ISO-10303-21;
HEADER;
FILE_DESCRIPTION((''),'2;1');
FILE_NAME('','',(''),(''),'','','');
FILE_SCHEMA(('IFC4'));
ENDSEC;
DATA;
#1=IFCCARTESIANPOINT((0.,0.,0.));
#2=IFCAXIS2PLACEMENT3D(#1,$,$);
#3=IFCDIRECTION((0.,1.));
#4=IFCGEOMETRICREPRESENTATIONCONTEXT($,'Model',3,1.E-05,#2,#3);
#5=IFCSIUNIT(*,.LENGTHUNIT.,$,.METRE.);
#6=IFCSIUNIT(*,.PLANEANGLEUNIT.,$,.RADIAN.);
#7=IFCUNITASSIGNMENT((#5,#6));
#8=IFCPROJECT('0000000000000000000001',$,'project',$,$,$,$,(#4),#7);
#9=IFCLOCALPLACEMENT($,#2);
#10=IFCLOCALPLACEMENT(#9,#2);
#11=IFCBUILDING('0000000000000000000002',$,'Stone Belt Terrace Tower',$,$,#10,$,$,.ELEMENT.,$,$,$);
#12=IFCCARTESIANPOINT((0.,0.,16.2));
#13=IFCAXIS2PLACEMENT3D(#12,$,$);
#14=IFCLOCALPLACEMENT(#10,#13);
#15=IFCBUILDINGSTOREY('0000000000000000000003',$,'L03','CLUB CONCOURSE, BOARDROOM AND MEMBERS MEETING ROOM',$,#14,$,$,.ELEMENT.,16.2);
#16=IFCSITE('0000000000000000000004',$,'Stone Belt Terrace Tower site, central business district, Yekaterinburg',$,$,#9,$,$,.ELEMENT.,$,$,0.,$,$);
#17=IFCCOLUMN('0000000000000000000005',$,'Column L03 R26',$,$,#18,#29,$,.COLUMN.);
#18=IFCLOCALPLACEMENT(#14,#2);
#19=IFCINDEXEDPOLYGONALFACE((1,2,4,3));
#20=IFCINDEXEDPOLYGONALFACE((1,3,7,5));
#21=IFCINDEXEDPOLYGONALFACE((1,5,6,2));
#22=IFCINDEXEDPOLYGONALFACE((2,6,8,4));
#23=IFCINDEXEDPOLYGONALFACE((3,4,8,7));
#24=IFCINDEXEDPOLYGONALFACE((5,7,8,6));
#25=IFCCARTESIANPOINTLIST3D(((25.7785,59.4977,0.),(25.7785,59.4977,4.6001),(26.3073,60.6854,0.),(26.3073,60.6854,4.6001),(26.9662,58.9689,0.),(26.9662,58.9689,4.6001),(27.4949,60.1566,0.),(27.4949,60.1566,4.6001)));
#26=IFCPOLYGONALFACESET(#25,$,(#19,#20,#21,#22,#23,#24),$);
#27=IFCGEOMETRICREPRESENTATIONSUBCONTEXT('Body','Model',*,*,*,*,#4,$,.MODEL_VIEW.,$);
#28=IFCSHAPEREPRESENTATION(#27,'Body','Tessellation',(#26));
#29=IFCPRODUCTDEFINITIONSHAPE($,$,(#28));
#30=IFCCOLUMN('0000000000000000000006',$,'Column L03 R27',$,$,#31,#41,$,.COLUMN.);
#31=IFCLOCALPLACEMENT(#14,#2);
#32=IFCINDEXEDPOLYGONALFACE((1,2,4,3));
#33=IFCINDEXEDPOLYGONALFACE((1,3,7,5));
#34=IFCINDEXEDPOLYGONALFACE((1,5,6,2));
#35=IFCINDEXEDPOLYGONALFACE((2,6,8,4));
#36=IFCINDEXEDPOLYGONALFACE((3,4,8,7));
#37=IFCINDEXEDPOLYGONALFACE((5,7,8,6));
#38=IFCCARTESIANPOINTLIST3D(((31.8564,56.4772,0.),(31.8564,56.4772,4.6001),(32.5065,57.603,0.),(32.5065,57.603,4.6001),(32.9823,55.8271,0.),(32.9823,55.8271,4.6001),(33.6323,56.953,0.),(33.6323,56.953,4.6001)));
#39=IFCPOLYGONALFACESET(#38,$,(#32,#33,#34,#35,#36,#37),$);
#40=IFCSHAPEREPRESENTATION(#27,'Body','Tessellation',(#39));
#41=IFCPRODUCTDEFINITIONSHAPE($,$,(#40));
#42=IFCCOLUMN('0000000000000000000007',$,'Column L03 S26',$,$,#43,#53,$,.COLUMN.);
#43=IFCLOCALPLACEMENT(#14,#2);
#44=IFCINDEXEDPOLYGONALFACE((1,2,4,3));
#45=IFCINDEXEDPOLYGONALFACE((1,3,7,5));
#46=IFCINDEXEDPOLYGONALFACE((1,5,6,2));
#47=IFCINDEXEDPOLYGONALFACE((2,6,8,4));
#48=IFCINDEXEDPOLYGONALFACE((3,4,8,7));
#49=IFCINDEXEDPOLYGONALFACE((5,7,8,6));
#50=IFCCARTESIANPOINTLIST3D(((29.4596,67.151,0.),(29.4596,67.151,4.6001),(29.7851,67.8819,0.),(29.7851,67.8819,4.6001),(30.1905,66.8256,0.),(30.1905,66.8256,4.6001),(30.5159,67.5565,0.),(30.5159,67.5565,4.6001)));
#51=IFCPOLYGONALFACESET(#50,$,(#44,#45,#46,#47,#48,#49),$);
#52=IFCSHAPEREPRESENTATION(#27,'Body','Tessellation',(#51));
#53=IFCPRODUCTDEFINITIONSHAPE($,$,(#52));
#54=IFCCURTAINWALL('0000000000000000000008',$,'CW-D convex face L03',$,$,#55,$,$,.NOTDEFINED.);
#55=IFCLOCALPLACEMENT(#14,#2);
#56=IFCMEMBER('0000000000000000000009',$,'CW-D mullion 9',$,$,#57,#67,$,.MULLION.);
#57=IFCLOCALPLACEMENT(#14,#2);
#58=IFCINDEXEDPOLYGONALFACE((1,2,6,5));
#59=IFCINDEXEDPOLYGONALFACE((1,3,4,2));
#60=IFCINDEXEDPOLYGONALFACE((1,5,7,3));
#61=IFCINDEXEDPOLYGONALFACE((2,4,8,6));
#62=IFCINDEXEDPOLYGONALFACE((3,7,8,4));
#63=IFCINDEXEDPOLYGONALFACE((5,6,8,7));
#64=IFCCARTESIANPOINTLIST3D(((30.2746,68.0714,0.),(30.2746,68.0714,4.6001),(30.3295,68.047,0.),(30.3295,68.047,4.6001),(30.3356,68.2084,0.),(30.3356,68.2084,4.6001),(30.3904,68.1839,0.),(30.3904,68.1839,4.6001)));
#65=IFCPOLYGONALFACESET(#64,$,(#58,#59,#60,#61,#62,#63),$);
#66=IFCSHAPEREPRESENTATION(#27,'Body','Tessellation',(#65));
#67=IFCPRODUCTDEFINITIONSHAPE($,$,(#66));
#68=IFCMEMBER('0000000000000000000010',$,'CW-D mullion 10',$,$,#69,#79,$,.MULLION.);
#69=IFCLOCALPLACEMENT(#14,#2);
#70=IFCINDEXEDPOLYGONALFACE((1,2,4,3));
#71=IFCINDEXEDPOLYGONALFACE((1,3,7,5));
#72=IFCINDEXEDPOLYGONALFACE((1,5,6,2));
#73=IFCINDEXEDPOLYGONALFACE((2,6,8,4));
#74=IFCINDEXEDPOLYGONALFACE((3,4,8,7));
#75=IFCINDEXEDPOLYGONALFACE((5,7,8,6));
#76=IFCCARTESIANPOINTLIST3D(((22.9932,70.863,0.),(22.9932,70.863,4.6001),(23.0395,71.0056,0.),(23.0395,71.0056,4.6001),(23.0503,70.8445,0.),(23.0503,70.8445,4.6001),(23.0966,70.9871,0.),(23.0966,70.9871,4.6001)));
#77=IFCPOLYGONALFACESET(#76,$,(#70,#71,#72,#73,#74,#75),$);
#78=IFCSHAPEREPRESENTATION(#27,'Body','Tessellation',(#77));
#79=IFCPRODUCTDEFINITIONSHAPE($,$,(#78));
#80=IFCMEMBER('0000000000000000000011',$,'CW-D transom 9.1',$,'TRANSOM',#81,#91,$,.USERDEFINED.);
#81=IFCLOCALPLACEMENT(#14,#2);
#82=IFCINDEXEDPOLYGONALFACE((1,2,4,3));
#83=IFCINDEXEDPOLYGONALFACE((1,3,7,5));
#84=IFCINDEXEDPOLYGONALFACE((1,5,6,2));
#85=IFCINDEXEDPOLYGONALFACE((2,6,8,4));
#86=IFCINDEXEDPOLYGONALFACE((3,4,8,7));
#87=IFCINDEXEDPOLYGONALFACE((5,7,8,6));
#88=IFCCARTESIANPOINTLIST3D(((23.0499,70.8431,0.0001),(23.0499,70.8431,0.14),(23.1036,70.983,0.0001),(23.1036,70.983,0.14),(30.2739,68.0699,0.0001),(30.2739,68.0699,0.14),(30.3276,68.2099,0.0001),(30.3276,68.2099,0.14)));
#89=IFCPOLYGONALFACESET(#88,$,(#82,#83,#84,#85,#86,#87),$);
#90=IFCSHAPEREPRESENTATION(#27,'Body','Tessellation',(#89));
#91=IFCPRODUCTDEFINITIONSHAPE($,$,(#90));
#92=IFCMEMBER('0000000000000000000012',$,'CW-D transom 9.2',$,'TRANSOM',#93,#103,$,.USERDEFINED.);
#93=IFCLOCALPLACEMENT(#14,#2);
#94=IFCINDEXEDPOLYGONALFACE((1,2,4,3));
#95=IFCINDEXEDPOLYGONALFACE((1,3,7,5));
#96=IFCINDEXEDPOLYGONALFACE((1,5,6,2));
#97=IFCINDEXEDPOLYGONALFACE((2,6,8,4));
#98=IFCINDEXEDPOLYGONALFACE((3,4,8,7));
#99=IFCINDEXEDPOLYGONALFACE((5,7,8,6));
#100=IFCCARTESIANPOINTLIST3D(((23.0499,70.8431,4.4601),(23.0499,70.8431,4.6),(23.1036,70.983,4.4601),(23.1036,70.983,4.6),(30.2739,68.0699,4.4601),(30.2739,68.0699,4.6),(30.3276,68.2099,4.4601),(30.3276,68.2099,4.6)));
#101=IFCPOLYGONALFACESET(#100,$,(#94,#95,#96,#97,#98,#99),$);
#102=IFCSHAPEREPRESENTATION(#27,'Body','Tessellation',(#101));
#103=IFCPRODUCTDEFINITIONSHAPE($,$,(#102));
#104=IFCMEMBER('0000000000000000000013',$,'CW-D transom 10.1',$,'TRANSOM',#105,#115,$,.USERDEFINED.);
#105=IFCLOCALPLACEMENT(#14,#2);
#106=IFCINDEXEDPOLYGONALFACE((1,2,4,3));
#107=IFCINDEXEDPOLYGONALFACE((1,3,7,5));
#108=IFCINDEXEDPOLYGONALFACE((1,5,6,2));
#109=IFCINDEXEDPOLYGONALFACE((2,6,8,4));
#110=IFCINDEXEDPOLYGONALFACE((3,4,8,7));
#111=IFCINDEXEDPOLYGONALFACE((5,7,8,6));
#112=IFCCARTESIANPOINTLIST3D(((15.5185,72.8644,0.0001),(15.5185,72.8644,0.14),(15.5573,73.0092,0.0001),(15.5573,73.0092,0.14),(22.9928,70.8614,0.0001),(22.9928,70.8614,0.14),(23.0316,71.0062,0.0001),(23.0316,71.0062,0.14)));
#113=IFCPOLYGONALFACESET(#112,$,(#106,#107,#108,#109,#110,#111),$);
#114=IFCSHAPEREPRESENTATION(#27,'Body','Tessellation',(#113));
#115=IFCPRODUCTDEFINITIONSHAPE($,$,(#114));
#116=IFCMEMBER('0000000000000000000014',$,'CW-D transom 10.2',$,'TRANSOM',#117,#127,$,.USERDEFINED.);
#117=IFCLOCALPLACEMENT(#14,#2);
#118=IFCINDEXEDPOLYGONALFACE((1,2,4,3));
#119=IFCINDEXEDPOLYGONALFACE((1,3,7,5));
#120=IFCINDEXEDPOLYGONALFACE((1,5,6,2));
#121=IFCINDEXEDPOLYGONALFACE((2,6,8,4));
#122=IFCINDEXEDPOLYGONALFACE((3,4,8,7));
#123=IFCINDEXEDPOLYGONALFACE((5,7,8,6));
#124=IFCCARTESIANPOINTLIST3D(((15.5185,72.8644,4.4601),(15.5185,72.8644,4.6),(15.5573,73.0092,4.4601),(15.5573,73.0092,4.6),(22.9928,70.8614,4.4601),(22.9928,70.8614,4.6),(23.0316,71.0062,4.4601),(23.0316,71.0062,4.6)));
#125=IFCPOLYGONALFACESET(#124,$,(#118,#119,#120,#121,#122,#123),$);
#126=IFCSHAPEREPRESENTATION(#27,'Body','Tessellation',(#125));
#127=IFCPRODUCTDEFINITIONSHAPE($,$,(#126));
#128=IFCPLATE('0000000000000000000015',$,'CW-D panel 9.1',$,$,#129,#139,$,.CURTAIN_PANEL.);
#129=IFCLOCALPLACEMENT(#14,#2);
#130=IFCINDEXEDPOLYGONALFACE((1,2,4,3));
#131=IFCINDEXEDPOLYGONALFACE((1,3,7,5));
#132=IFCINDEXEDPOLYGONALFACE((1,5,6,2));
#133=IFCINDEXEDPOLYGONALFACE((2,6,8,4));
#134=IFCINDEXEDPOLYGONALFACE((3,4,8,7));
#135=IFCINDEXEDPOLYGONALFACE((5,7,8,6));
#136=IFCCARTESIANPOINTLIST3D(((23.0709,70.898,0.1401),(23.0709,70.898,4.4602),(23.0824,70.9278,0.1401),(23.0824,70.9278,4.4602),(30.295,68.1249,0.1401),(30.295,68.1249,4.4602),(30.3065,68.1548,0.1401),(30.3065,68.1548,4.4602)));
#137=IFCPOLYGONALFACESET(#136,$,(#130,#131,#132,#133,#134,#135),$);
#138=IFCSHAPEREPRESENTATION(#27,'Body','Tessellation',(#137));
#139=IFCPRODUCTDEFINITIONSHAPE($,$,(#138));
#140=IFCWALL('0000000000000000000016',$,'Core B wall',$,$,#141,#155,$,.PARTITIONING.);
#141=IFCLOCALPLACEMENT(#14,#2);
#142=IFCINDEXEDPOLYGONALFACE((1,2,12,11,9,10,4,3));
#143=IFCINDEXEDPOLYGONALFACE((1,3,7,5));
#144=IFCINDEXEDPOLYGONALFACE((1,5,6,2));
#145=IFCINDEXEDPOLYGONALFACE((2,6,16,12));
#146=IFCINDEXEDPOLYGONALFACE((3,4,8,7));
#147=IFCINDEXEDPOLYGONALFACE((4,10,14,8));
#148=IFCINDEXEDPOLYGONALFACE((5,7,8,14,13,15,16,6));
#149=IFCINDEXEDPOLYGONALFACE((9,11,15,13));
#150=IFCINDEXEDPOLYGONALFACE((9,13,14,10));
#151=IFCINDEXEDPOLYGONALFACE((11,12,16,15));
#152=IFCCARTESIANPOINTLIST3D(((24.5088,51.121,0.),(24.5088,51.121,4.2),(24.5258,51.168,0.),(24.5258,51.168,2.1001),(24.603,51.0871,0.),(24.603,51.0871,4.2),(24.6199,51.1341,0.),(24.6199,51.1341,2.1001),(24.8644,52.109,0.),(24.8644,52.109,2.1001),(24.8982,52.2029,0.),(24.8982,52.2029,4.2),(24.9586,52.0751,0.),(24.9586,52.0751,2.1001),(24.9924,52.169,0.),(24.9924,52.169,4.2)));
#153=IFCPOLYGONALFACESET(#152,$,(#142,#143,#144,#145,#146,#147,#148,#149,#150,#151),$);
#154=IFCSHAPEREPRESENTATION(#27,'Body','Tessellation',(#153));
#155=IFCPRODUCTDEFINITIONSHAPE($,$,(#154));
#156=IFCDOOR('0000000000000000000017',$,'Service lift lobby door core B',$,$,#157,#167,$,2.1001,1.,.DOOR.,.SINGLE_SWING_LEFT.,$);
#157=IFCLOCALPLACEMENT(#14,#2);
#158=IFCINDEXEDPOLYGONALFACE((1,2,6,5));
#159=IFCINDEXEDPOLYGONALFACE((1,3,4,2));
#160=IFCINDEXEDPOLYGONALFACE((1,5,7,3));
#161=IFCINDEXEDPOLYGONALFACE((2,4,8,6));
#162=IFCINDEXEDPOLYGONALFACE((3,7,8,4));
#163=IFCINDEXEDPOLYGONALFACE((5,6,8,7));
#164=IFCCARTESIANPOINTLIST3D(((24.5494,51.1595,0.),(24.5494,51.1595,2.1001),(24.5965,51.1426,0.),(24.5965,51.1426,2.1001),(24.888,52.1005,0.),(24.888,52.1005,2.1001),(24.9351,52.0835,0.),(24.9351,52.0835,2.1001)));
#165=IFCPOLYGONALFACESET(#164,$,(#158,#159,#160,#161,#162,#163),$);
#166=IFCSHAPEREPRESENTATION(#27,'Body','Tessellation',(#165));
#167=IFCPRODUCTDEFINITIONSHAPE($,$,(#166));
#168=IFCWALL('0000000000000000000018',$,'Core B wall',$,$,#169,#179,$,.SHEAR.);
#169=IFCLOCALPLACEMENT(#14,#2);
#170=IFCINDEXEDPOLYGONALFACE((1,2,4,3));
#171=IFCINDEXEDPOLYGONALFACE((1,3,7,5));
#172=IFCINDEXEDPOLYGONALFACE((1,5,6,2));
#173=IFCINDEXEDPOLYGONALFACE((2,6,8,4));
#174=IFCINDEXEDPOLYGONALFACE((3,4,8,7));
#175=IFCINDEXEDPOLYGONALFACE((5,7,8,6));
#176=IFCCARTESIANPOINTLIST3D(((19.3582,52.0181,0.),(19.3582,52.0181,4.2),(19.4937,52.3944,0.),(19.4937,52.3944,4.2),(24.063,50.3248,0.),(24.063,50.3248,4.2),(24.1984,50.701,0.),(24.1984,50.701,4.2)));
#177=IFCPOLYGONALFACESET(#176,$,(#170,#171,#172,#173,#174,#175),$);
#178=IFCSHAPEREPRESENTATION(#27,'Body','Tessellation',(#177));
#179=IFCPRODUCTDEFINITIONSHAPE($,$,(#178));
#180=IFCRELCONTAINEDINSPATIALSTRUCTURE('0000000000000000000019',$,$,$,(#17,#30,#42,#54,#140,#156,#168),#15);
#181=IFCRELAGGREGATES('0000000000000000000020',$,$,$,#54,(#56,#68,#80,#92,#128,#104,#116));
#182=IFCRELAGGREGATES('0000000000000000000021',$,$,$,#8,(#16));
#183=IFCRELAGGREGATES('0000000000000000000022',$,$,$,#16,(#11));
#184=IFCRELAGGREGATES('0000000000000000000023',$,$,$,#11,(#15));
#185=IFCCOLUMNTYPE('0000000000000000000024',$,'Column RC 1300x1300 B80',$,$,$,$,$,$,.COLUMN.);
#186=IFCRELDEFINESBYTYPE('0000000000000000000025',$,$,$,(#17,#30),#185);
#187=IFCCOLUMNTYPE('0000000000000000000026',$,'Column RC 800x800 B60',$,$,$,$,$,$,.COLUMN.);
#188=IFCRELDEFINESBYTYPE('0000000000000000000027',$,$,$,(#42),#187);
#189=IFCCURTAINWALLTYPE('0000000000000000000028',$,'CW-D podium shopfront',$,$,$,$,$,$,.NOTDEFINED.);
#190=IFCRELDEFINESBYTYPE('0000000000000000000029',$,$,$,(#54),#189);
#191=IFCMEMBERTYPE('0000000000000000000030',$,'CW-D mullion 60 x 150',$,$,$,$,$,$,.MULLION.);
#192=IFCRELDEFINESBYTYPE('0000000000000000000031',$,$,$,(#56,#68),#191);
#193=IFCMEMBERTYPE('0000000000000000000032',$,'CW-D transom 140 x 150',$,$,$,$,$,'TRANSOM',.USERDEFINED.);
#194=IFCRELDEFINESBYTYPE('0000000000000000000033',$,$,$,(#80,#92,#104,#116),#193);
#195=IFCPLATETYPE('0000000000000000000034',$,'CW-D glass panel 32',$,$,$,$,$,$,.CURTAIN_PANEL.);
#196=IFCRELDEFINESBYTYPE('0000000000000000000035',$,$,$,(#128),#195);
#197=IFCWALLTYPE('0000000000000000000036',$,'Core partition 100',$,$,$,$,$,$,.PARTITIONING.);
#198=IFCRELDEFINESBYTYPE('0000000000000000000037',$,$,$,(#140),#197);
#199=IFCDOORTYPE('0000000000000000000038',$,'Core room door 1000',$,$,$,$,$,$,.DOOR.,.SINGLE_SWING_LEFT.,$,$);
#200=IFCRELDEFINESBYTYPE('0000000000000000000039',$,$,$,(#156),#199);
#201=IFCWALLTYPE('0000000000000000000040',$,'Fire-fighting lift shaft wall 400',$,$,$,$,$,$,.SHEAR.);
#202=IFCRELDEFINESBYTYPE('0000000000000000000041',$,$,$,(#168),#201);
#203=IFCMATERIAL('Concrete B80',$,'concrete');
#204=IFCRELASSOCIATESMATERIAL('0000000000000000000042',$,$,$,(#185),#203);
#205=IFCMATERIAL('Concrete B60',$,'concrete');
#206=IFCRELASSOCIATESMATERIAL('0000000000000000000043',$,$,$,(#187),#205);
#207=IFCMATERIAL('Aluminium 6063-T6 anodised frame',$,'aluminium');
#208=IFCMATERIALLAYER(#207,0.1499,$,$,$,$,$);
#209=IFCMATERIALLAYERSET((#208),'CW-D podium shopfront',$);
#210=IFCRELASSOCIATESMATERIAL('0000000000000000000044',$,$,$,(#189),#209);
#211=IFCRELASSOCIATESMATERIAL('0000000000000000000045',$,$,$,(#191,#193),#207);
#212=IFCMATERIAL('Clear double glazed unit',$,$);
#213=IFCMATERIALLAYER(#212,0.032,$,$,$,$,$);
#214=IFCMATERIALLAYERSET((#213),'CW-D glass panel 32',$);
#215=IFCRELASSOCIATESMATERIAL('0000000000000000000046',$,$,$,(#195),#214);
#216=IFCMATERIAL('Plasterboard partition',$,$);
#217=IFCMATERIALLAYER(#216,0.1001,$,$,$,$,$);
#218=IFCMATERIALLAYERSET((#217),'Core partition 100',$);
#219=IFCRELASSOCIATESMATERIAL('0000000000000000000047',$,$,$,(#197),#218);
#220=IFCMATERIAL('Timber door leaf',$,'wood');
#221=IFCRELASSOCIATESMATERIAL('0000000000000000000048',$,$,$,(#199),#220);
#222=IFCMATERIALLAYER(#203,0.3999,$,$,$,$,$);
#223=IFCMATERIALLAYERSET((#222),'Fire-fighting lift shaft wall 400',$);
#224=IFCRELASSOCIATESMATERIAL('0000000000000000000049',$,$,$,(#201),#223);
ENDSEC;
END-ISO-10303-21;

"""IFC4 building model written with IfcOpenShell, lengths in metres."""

from ifc_helpers import new_model, si_unit, direction, frame, frame_2d, origin, origin_2d, place, context, subcontext, project, spatial, rectangle, extrude, material, layer, layer_set, material_profile, profile_set, type_object, element, fill, aggregate, save


model = new_model("IFC4")

# Units and contexts
model_context = context("Model", 3, precision=1e-05, world=origin(), true_north=direction((0.0, 1.0)))
body_context = subcontext(model_context, "Body", "Model", "MODEL_VIEW")
ifc_project = project(units=[si_unit("LENGTHUNIT", "METRE"), si_unit("PLANEANGLEUNIT", "RADIAN")], contexts=[model_context])

# Site, building, storey
site_placement = place(None, origin())
site = spatial("IfcSite", under=ifc_project, at=site_placement, Name="Stone Belt Terrace Tower site, central business district, Yekaterinburg", CompositionType="ELEMENT", RefElevation=0.0)
building_placement = place(site_placement, origin())
building = spatial("IfcBuilding", under=site, at=building_placement, Name="Stone Belt Terrace Tower", CompositionType="ELEMENT")
storey_placement = place(building_placement, frame((0.0, 0.0, 16.2)))
storey = spatial("IfcBuildingStorey", under=building, at=storey_placement, Name="L03", Description="CLUB CONCOURSE, BOARDROOM AND MEMBERS MEETING ROOM", CompositionType="ELEMENT", Elevation=16.2)

# Columns
ifc_material_1 = material(Name="Concrete B80", Category="concrete")
ifc_material_profile_1 = material_profile(ifc_material_1, rectangle(XDim=1.3, YDim=1.3, at=origin_2d()), Name="RC 1300x1300")
ifc_profile_set_1 = profile_set([ifc_material_profile_1], Name="Concrete B80")
column_type_1 = type_object("IfcColumnType", Name="Column RC 1300x1300 B80", PredefinedType="COLUMN", material=ifc_profile_set_1)
for number, where, z_axis, x_axis, name in (
    (1, (26.6367, 59.8271, 0.0), (0.0, 0.0, 1.0), (0.913545, -0.406737, 0.0), "Column L03 R26"),
    (2, (32.7444, 56.7151, 0.0), (0.0, 0.0, 1.0), (0.866025, -0.5, 0.0), "Column L03 R27"),
):
    element("IfcColumn", number, at=place(storey_placement, frame(where, z_axis=z_axis, x_axis=x_axis)), inside=storey, type_object=column_type_1, Name=name, PredefinedType="COLUMN", context=body_context, shape_type="SweptSolid", body=[
        extrude(rectangle(XDim=1.3, YDim=1.3, at=origin_2d()), origin(), (0.0, 0.0, 1.0), 4.6001),
    ])
ifc_material_2 = material(Name="Concrete B60", Category="concrete")
ifc_material_profile_2 = material_profile(ifc_material_2, rectangle(XDim=0.8, YDim=0.8, at=origin_2d()), Name="RC 800x800")
ifc_profile_set_2 = profile_set([ifc_material_profile_2], Name="Concrete B60")
column_type_2 = type_object("IfcColumnType", Name="Column RC 800x800 B60", PredefinedType="COLUMN", material=ifc_profile_set_2)
column_placement = place(storey_placement, frame((29.9878, 67.3538, 0.0), z_axis=(0.0, 0.0, 1.0), x_axis=(0.913545, -0.406737, 0.0)))
element("IfcColumn", 3, at=column_placement, inside=storey, type_object=column_type_2, Name="Column L03 S26", PredefinedType="COLUMN", context=body_context, shape_type="SweptSolid", body=[
    extrude(rectangle(XDim=0.8, YDim=0.8, at=origin_2d()), origin(), (0.0, 0.0, 1.0), 4.6001),
])

# Curtain wall, members, plate
ifc_material_3 = material(Name="Aluminium 6063-T6 anodised frame", Category="aluminium")
ifc_layer_1 = layer(ifc_material_3, 0.1499)
ifc_layer_set_1 = layer_set([ifc_layer_1], Name="CW-D podium shopfront")
curtain_wall_type = type_object("IfcCurtainWallType", Name="CW-D podium shopfront", PredefinedType="NOTDEFINED", material=ifc_layer_set_1)
curtain_wall_placement = place(storey_placement, origin())
curtain_wall = element("IfcCurtainWall", 4, at=curtain_wall_placement, inside=storey, type_object=curtain_wall_type, Name="CW-D convex face L03", PredefinedType="NOTDEFINED")
ifc_material_profile_3 = material_profile(ifc_material_3, rectangle(XDim=0.1499, YDim=0.0601, at=origin_2d()), Name="Aluminium 6063-T6 60x150")
ifc_profile_set_3 = profile_set([ifc_material_profile_3], Name="Aluminium 6063-T6 anodised frame")
member_type_1 = type_object("IfcMemberType", Name="CW-D mullion 60 x 150", PredefinedType="MULLION", material=ifc_profile_set_3)
member_1_placement = place(storey_placement, frame((30.3325, 68.1277, 0.0), z_axis=(0.0, 0.0, 1.0), x_axis=(-0.406737, -0.913545, 0.0)))
member_1 = element("IfcMember", 5, at=member_1_placement, type_object=member_type_1, Name="CW-D mullion 9", PredefinedType="MULLION", context=body_context, shape_type="SweptSolid", body=[
    extrude(rectangle(XDim=0.1499, YDim=0.0601, at=origin_2d()), origin(), (0.0, 0.0, 1.0), 4.6001),
])
member_2_placement = place(storey_placement, frame((23.0449, 70.925, 0.0), z_axis=(0.0, 0.0, 1.0), x_axis=(-0.309017, -0.951057, 0.0)))
member_2 = element("IfcMember", 6, at=member_2_placement, type_object=member_type_1, Name="CW-D mullion 10", PredefinedType="MULLION", context=body_context, shape_type="SweptSolid", body=[
    extrude(rectangle(XDim=0.1499, YDim=0.0601, at=origin_2d()), origin(), (0.0, 0.0, 1.0), 4.6001),
])
ifc_material_profile_4 = material_profile(ifc_material_3, rectangle(XDim=0.1499, YDim=0.1399, at=origin_2d()), Name="Aluminium 6063-T6 150x140")
ifc_profile_set_4 = profile_set([ifc_material_profile_4], Name="Aluminium 6063-T6 anodised frame")
member_type_2 = type_object("IfcMemberType", Name="CW-D transom 140 x 150", ElementType="TRANSOM", PredefinedType="USERDEFINED", material=ifc_profile_set_4)
member_3_placement = place(storey_placement, frame((30.3008, 68.1399, 0.0701), z_axis=(-0.933576, 0.358381, 0.0), x_axis=(-0.358381, -0.933576, 0.0)))
member_3 = element("IfcMember", 7, at=member_3_placement, type_object=member_type_2, Name="CW-D transom 9.1", ObjectType="TRANSOM", PredefinedType="USERDEFINED", context=body_context, shape_type="SweptSolid", body=[
    extrude(rectangle(XDim=0.1499, YDim=0.1399, at=origin_2d()), origin(), (0.0, 0.0, 1.0), 7.738),
])
member_4_placement = place(storey_placement, frame((30.3008, 68.1399, 4.53), z_axis=(-0.933576, 0.358381, 0.0), x_axis=(-0.358381, -0.933576, 0.0)))
member_4 = element("IfcMember", 8, at=member_4_placement, type_object=member_type_2, Name="CW-D transom 9.2", ObjectType="TRANSOM", PredefinedType="USERDEFINED", context=body_context, shape_type="SweptSolid", body=[
    extrude(rectangle(XDim=0.1499, YDim=0.1399, at=origin_2d()), origin(), (0.0, 0.0, 1.0), 7.738),
])
member_5_placement = place(storey_placement, frame((23.0122, 70.9338, 0.0701), z_axis=(-0.96592, 0.258841, 0.0), x_axis=(-0.258841, -0.96592, 0.0)))
member_5 = element("IfcMember", 9, at=member_5_placement, type_object=member_type_2, Name="CW-D transom 10.1", ObjectType="TRANSOM", PredefinedType="USERDEFINED", context=body_context, shape_type="SweptSolid", body=[
    extrude(rectangle(XDim=0.1499, YDim=0.1399, at=origin_2d()), origin(), (0.0, 0.0, 1.0), 7.738),
])
member_6_placement = place(storey_placement, frame((23.0122, 70.9338, 4.53), z_axis=(-0.96592, 0.258841, 0.0), x_axis=(-0.258841, -0.96592, 0.0)))
member_6 = element("IfcMember", 10, at=member_6_placement, type_object=member_type_2, Name="CW-D transom 10.2", ObjectType="TRANSOM", PredefinedType="USERDEFINED", context=body_context, shape_type="SweptSolid", body=[
    extrude(rectangle(XDim=0.1499, YDim=0.1399, at=origin_2d()), origin(), (0.0, 0.0, 1.0), 7.738),
])
ifc_material_4 = material(Name="Clear double glazed unit")
ifc_layer_2 = layer(ifc_material_4, 0.032)
ifc_layer_set_2 = layer_set([ifc_layer_2], Name="CW-D glass panel 32")
plate_type = type_object("IfcPlateType", Name="CW-D glass panel 32", PredefinedType="CURTAIN_PANEL", material=ifc_layer_set_2)
plate_placement = place(storey_placement, frame((26.6887, 69.5264, 0.1401), z_axis=(0.0, 0.0, 1.0), x_axis=(-0.93358, 0.358368, 0.0)))
plate = element("IfcPlate", 11, at=plate_placement, type_object=plate_type, Name="CW-D panel 9.1", PredefinedType="CURTAIN_PANEL", context=body_context, shape_type="SweptSolid", body=[
    extrude(rectangle(XDim=7.738, YDim=0.032, at=origin_2d()), origin(), (0.0, 0.0, 1.0), 4.3201),
])
aggregate(curtain_wall, [member_1, member_2, member_3, member_4, plate, member_5, member_6])

# Wall, opening, door
ifc_material_5 = material(Name="Plasterboard partition")
ifc_layer_3 = layer(ifc_material_5, 0.1001)
ifc_layer_set_3 = layer_set([ifc_layer_3], Name="Core partition 100")
wall_type_1 = type_object("IfcWallType", Name="Core partition 100", PredefinedType="PARTITIONING", material=ifc_layer_set_3)
wall_1_placement = place(storey_placement, frame((24.5559, 51.104, 0.0), z_axis=(0.0, 0.0, 1.0), x_axis=(0.338622, 0.940923, 0.0)))
wall_1 = element("IfcWall", 12, at=wall_1_placement, inside=storey, type_object=wall_type_1, Name="Core B wall", PredefinedType="PARTITIONING", context=body_context, shape_type="SweptSolid", body=[
    extrude(rectangle(XDim=1.1499, YDim=0.1001, at=frame_2d((0.575, 0.0))), origin(), (0.0, 0.0, 1.0), 4.2),
])
opening_1_placement = place(wall_1_placement, frame((0.05, 0.0, 0.0)))
opening_1 = element("IfcOpeningElement", 13, at=opening_1_placement, cuts=wall_1, PredefinedType="OPENING", context=body_context, shape_type="SweptSolid", body=[
    extrude(rectangle(XDim=1.0, YDim=2.1001, at=frame_2d((0.5, 1.05))), frame((0.0, 0.0601, 0.0), z_axis=(0.0, -1.0, 0.0), x_axis=(1.0, 0.0, 0.0)), (0.0, 0.0, 1.0), 0.1201),
])
ifc_material_6 = material(Name="Timber door leaf", Category="wood")
door_type_1 = type_object("IfcDoorType", Name="Core room door 1000", OperationType="SINGLE_SWING_LEFT", PredefinedType="DOOR", material=ifc_material_6)
door_1_placement = place(opening_1_placement, origin())
door_1 = element("IfcDoor", 14, at=door_1_placement, inside=storey, type_object=door_type_1, Name="Service lift lobby door core B", OperationType="SINGLE_SWING_LEFT", OverallHeight=2.1001, OverallWidth=1.0, PredefinedType="DOOR", context=body_context, shape_type="SweptSolid", body=[
    extrude(rectangle(XDim=1.0, YDim=2.1001, at=frame_2d((0.5, 1.05))), frame((0.0, 0.0249, 0.0), z_axis=(0.0, -1.0, 0.0), x_axis=(1.0, 0.0, 0.0)), (0.0, 0.0, 1.0), 0.05),
])
fill(opening_1, door_1)

# Wall
ifc_layer_4 = layer(ifc_material_1, 0.3999)
ifc_layer_set_4 = layer_set([ifc_layer_4], Name="Fire-fighting lift shaft wall 400")
wall_type_2 = type_object("IfcWallType", Name="Fire-fighting lift shaft wall 400", PredefinedType="SHEAR", material=ifc_layer_set_4)
wall_2_placement = place(storey_placement, frame((24.1306, 50.5129, 0.0), z_axis=(0.0, 0.0, 1.0), x_axis=(-0.940912, 0.338652, 0.0)))
element("IfcWall", 15, at=wall_2_placement, inside=storey, type_object=wall_type_2, Name="Core B wall", PredefinedType="SHEAR", context=body_context, shape_type="SweptSolid", body=[
    extrude(rectangle(XDim=5.0002, YDim=0.3999, at=frame_2d((2.5, 0.0))), origin(), (0.0, 0.0, 1.0), 4.2),
])

save(model, "model.ifc")
